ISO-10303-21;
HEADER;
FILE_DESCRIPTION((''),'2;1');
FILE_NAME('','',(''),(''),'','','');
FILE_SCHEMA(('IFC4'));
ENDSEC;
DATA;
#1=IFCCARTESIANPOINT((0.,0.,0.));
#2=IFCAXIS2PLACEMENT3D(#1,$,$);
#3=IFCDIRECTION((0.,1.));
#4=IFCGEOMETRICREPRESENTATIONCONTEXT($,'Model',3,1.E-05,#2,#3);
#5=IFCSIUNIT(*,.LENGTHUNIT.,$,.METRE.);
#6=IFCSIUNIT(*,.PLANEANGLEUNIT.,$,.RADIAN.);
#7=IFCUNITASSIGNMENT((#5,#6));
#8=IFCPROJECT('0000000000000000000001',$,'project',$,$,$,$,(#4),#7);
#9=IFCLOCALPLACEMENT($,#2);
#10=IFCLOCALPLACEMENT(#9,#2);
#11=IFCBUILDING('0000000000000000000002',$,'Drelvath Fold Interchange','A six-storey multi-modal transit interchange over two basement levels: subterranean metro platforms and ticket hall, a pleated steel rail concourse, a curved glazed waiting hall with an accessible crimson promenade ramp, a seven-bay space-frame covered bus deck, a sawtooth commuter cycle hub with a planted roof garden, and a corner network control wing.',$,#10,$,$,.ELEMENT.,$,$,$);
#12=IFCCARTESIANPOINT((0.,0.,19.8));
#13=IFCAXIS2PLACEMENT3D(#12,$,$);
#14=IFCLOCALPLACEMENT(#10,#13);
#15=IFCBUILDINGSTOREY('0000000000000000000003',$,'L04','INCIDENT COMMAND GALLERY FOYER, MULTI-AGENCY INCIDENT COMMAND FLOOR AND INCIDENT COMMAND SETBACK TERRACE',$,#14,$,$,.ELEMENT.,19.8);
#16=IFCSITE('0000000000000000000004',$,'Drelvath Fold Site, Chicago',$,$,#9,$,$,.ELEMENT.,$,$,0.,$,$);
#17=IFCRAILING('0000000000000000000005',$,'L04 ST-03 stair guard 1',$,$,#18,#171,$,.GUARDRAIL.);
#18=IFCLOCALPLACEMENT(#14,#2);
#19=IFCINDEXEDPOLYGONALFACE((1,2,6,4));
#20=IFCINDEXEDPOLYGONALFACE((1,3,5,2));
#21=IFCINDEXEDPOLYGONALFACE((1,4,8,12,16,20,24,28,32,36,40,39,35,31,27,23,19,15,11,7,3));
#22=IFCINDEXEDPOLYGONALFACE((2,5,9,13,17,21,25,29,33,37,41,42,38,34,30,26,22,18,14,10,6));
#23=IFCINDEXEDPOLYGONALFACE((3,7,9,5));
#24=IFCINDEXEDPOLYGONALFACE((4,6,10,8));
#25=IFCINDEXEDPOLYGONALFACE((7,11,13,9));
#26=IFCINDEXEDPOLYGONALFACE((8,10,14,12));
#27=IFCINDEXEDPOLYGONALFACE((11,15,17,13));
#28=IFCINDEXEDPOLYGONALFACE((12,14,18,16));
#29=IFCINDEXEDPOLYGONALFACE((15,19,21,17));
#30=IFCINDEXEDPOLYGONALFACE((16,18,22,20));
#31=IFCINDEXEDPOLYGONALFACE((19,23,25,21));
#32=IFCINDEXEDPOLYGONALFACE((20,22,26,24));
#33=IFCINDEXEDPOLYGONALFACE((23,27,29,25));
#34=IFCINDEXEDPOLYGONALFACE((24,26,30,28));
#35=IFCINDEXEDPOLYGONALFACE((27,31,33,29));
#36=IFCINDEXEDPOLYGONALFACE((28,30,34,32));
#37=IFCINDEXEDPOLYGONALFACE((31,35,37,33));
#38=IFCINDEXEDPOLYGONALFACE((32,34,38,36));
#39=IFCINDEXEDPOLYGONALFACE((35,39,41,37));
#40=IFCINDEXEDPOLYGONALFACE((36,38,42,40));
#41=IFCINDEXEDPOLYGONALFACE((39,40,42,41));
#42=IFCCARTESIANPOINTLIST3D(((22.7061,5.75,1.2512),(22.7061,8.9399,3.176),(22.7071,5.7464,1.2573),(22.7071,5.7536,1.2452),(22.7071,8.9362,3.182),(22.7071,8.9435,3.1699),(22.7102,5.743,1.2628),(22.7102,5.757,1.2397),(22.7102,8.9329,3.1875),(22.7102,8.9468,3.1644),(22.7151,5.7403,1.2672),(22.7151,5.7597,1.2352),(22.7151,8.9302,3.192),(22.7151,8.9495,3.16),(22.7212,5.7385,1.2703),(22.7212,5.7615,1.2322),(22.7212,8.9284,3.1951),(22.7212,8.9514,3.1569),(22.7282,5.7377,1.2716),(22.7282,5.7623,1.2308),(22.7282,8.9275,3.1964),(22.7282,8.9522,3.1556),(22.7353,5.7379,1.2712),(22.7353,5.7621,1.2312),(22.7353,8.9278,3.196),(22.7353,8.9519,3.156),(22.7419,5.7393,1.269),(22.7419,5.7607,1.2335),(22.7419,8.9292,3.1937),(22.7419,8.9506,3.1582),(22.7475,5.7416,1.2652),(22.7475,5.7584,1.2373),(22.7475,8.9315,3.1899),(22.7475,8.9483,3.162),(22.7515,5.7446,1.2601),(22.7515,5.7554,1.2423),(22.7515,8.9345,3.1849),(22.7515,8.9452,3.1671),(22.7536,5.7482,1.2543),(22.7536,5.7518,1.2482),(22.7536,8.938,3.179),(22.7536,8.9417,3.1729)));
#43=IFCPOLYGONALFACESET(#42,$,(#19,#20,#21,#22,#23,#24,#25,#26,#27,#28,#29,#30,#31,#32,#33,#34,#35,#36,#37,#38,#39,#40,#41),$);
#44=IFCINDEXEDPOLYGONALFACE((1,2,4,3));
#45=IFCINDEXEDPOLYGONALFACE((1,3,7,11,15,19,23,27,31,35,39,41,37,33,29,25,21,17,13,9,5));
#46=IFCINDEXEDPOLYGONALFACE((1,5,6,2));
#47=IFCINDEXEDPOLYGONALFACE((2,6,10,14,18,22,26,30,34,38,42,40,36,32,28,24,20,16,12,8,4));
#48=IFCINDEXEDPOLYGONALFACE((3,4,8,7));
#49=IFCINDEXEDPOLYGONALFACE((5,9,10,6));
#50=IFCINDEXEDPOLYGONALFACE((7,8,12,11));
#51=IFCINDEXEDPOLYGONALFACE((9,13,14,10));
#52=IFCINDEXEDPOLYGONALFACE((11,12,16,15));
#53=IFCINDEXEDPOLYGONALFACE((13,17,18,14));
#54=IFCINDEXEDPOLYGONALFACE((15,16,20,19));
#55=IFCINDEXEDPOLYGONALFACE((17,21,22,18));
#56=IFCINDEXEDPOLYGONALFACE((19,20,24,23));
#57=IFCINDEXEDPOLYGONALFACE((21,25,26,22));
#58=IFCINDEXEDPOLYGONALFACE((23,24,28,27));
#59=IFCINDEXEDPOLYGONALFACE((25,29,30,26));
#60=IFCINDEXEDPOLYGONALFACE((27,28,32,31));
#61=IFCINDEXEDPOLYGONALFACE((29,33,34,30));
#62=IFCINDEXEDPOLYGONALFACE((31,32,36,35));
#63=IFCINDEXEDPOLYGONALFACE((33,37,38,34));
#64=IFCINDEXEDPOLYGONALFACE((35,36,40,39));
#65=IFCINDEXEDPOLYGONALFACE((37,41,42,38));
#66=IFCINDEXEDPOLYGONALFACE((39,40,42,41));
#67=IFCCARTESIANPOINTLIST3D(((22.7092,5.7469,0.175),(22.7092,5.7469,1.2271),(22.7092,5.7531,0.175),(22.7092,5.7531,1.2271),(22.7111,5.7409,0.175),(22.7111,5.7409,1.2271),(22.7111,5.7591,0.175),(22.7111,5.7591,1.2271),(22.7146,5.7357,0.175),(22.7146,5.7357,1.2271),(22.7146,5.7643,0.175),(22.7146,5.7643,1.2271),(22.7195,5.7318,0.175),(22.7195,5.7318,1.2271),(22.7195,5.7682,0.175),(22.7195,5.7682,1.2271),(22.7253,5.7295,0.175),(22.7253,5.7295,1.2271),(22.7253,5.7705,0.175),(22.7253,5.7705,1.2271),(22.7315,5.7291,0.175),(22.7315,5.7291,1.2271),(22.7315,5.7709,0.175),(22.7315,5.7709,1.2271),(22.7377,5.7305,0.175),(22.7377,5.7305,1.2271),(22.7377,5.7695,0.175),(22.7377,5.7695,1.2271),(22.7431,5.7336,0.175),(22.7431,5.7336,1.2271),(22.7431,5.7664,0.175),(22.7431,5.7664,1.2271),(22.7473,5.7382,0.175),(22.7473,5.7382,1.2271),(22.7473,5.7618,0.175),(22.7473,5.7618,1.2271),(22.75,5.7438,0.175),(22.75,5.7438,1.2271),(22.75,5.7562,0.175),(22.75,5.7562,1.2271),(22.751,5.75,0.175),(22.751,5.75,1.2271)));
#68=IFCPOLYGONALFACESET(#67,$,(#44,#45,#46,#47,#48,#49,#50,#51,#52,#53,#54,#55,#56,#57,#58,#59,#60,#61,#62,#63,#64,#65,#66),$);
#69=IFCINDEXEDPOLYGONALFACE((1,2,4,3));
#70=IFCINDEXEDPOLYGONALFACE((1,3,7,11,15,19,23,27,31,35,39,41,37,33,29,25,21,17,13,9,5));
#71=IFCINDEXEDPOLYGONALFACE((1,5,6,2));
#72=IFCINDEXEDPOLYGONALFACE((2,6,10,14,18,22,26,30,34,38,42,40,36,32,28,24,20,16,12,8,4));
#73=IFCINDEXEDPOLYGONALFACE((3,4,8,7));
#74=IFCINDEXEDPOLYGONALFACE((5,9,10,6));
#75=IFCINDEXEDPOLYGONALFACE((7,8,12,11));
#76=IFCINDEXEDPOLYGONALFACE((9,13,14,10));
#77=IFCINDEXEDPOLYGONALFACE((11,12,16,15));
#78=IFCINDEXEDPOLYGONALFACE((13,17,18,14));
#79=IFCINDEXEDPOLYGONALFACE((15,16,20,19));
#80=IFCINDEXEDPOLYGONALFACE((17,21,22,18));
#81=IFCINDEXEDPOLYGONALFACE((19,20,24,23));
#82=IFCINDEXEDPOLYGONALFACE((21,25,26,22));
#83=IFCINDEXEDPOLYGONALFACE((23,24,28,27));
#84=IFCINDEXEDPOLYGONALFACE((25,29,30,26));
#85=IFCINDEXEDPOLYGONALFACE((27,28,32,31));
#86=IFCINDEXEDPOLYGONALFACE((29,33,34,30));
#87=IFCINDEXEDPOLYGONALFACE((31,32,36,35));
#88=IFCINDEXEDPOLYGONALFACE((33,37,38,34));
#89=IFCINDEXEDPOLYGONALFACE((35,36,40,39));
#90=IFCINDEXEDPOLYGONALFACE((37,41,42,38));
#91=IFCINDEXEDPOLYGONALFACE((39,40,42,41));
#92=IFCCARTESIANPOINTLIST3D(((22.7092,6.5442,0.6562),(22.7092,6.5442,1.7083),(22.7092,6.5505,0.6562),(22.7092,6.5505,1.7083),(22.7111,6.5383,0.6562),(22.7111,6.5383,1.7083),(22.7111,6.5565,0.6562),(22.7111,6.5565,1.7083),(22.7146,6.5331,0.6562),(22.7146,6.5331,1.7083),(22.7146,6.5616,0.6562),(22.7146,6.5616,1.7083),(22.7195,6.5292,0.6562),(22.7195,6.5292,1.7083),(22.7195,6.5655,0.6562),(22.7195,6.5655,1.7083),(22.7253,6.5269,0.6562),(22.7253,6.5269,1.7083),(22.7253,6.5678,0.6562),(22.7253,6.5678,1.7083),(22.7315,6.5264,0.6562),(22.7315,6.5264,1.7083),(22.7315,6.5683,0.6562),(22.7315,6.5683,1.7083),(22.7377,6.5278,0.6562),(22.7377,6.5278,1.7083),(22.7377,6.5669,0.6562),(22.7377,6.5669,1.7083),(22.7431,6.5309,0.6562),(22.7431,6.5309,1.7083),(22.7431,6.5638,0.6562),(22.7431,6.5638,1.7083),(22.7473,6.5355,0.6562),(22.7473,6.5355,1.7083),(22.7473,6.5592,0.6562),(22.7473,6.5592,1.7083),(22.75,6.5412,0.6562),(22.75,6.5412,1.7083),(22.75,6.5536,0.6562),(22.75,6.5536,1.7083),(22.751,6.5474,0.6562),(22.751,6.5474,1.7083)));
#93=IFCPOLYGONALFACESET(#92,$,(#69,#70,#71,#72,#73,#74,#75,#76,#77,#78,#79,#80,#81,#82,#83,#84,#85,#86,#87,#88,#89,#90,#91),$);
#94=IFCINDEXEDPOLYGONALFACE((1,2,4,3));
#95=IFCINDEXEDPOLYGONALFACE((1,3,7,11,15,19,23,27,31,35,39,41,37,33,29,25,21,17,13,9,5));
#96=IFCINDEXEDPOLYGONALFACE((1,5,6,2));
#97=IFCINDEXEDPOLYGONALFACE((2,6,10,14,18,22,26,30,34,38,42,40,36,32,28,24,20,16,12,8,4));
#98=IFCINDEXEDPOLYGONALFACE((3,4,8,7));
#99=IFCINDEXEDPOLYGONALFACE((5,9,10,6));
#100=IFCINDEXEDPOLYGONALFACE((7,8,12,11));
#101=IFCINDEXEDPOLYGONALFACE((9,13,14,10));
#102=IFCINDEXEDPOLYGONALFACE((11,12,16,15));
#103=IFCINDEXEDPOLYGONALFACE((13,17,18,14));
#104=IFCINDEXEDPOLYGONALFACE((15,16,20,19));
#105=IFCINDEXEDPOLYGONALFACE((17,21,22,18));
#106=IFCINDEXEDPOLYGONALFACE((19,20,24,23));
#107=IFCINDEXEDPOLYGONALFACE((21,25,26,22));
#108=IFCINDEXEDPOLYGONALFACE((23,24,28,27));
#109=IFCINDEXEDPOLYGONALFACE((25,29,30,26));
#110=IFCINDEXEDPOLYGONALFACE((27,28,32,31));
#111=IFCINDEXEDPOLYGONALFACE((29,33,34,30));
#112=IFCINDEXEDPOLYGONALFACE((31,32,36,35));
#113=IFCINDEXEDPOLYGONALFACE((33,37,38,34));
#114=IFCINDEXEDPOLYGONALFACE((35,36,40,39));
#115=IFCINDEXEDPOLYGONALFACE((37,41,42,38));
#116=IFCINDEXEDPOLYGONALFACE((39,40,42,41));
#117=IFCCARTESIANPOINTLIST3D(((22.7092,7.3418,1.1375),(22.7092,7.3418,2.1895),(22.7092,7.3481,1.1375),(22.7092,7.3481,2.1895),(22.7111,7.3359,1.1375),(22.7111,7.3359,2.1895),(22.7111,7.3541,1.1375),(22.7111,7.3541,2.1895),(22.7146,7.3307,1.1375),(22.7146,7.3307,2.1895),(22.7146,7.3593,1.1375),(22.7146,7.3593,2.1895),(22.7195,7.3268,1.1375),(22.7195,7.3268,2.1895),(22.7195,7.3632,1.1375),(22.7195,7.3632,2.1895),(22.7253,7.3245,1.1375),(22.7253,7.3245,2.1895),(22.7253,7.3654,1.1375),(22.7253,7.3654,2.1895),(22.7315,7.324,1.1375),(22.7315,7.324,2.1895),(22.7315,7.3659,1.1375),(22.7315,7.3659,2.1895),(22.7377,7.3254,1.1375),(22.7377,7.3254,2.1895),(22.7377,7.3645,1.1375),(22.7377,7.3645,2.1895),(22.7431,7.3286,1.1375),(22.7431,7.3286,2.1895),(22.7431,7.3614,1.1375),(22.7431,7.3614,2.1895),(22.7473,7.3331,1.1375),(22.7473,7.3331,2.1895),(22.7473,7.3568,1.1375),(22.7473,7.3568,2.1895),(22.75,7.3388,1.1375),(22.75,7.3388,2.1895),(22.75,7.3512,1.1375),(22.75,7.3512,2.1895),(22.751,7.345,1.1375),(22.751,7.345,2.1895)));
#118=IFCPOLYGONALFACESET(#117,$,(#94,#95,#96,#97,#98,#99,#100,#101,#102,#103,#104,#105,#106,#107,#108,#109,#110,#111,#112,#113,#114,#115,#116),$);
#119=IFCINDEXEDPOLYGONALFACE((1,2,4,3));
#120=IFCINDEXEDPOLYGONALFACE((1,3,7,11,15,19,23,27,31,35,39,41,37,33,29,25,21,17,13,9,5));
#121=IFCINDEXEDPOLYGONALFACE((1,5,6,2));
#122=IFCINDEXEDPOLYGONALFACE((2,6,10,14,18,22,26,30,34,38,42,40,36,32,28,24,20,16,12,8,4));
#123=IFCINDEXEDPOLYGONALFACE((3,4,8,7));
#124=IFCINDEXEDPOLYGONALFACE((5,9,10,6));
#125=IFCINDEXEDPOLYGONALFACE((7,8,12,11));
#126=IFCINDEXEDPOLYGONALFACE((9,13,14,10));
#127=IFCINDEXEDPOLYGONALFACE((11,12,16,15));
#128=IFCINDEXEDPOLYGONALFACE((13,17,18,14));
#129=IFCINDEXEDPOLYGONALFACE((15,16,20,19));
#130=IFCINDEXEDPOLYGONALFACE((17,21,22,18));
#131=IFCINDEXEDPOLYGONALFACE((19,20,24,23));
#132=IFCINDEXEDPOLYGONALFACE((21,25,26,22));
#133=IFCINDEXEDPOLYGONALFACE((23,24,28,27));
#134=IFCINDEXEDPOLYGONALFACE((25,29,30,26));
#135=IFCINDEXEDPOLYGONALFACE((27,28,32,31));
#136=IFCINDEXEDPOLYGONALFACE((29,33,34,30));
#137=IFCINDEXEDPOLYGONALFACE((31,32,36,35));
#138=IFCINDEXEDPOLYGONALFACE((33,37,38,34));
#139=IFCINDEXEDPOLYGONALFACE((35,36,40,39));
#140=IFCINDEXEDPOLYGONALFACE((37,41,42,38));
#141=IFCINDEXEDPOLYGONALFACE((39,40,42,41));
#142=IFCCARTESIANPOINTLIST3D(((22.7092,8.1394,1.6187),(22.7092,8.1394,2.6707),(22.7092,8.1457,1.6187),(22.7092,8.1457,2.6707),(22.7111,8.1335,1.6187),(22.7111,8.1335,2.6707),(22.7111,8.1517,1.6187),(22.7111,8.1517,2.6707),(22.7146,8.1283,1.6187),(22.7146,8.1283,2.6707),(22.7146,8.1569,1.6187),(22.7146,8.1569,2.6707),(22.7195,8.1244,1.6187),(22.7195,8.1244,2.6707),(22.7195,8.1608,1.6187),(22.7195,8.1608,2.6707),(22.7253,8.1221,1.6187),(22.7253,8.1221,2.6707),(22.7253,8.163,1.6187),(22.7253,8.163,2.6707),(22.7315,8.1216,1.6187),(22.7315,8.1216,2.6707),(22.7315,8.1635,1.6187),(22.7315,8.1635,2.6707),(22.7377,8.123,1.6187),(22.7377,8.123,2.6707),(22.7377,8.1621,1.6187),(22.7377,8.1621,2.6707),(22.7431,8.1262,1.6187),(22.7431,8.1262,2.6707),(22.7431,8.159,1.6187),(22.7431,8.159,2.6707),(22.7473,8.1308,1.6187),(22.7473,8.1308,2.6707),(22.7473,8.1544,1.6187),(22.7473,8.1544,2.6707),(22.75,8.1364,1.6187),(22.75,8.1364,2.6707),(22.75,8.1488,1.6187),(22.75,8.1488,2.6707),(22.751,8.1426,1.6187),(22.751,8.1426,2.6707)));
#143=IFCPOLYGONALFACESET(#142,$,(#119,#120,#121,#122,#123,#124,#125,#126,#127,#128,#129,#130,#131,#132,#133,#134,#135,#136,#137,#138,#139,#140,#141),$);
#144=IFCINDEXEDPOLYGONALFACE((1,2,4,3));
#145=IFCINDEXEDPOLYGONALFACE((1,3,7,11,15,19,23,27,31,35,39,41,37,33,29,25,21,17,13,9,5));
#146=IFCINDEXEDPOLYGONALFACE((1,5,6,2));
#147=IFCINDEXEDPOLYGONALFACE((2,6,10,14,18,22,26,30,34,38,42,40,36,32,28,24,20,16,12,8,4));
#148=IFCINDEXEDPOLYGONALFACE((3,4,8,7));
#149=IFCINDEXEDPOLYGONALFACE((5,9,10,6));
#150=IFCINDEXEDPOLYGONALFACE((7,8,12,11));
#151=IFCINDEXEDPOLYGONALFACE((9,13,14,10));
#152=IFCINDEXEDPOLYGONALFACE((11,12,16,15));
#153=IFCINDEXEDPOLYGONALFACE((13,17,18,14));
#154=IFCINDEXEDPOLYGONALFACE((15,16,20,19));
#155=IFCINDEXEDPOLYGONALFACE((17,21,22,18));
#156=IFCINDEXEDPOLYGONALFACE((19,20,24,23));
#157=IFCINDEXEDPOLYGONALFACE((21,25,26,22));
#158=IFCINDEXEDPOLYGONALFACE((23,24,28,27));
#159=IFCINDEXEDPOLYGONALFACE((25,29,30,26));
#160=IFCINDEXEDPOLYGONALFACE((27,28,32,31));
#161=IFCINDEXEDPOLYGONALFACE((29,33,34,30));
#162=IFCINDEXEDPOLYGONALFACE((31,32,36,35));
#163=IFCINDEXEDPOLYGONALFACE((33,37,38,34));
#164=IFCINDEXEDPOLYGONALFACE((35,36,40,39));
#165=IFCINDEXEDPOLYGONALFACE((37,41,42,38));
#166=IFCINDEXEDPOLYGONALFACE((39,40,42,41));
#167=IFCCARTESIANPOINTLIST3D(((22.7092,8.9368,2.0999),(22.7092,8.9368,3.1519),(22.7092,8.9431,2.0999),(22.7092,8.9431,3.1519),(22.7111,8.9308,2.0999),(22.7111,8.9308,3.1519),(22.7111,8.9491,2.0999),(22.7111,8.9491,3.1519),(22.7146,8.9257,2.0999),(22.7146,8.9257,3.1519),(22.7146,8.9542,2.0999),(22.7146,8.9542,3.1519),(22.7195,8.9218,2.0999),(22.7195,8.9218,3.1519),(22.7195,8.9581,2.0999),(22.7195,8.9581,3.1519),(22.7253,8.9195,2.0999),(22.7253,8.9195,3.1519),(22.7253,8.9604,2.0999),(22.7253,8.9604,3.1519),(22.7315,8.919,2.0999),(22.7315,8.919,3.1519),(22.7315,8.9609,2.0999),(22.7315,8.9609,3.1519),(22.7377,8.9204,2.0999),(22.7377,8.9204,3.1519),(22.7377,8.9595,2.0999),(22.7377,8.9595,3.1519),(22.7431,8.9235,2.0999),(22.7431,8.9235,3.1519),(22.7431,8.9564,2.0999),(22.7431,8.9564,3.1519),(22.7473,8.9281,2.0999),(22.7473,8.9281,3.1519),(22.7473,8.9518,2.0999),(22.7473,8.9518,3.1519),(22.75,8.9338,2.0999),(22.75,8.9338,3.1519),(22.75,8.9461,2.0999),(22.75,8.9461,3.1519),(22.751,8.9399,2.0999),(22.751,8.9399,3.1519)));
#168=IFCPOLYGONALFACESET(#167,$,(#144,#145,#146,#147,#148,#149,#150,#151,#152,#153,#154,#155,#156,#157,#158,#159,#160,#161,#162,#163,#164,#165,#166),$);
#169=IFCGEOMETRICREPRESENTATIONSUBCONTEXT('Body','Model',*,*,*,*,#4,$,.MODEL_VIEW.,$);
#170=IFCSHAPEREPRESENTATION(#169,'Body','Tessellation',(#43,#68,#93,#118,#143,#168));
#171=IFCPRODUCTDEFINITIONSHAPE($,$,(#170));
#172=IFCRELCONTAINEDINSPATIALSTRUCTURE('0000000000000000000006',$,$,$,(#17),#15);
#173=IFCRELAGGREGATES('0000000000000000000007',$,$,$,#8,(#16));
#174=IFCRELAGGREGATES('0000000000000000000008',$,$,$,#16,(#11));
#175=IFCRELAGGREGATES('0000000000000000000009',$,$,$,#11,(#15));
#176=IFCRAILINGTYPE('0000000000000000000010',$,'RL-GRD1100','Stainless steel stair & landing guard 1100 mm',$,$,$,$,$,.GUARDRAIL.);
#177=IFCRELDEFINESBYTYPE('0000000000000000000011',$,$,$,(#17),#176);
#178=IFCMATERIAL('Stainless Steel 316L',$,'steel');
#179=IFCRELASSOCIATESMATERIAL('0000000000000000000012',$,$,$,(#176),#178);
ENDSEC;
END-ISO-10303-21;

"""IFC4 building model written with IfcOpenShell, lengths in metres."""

from ifc_helpers import new_model, si_unit, direction, frame, origin, origin_2d, place, context, subcontext, project, spatial, circle, extrude, material, type_object, element, save


model = new_model("IFC4")

# Units and contexts
model_context = context("Model", 3, precision=1e-05, world=origin(), true_north=direction((0.0, 1.0)))
body_context = subcontext(model_context, "Body", "Model", "MODEL_VIEW")
ifc_project = project(units=[si_unit("LENGTHUNIT", "METRE"), si_unit("PLANEANGLEUNIT", "RADIAN")], contexts=[model_context])

# Site, building, storey
site_placement = place(None, origin())
site = spatial("IfcSite", under=ifc_project, at=site_placement, Name="Drelvath Fold Site, Chicago", CompositionType="ELEMENT", RefElevation=0.0)
building_placement = place(site_placement, origin())
building = spatial("IfcBuilding", under=site, at=building_placement, Name="Drelvath Fold Interchange", Description="A six-storey multi-modal transit interchange over two basement levels: subterranean metro platforms and ticket hall, a pleated steel rail concourse, a curved glazed waiting hall with an accessible crimson promenade ramp, a seven-bay space-frame covered bus deck, a sawtooth commuter cycle hub with a planted roof garden, and a corner network control wing.", CompositionType="ELEMENT")
storey_placement = place(building_placement, frame((0.0, 0.0, 19.8)))
storey = spatial("IfcBuildingStorey", under=building, at=storey_placement, Name="L04", Description="INCIDENT COMMAND GALLERY FOYER, MULTI-AGENCY INCIDENT COMMAND FLOOR AND INCIDENT COMMAND SETBACK TERRACE", CompositionType="ELEMENT", Elevation=19.8)

# Railing
ifc_material_1 = material(Name="Stainless Steel 316L", Category="steel")
railing_type_1 = type_object("IfcRailingType", Name="RL-GRD1100", Description="Stainless steel stair & landing guard 1100 mm", PredefinedType="GUARDRAIL", material=ifc_material_1)
railing_1_placement = place(storey_placement, frame((22.73, 5.75, 0.175)))
element("IfcRailing", 1, at=railing_1_placement, inside=storey, type_object=railing_type_1, Name="L04 ST-03 stair guard 1", PredefinedType="GUARDRAIL", context=body_context, shape_type="SweptSolid", body=[
    extrude(circle(Radius=0.0239, at=origin_2d()), frame((0.0, 0.0, 1.0762), z_axis=(0.0, 0.856207, 0.516633), x_axis=(-1.0, 0.0, 0.0)), (0.0, 0.0, 1.0), 3.7256),
    extrude(circle(Radius=0.021, at=origin_2d()), origin(), (0.0, 0.0, 1.0), 1.052),
    extrude(circle(Radius=0.021, at=origin_2d()), frame((0.0, 0.7974, 0.4812)), (0.0, 0.0, 1.0), 1.052),
    extrude(circle(Radius=0.021, at=origin_2d()), frame((0.0, 1.595, 0.9624)), (0.0, 0.0, 1.0), 1.052),
    extrude(circle(Radius=0.021, at=origin_2d()), frame((0.0, 2.3926, 1.4436)), (0.0, 0.0, 1.0), 1.052),
    extrude(circle(Radius=0.021, at=origin_2d()), frame((0.0, 3.1899, 1.9248)), (0.0, 0.0, 1.0), 1.052),
])

save(model, "model.ifc")
